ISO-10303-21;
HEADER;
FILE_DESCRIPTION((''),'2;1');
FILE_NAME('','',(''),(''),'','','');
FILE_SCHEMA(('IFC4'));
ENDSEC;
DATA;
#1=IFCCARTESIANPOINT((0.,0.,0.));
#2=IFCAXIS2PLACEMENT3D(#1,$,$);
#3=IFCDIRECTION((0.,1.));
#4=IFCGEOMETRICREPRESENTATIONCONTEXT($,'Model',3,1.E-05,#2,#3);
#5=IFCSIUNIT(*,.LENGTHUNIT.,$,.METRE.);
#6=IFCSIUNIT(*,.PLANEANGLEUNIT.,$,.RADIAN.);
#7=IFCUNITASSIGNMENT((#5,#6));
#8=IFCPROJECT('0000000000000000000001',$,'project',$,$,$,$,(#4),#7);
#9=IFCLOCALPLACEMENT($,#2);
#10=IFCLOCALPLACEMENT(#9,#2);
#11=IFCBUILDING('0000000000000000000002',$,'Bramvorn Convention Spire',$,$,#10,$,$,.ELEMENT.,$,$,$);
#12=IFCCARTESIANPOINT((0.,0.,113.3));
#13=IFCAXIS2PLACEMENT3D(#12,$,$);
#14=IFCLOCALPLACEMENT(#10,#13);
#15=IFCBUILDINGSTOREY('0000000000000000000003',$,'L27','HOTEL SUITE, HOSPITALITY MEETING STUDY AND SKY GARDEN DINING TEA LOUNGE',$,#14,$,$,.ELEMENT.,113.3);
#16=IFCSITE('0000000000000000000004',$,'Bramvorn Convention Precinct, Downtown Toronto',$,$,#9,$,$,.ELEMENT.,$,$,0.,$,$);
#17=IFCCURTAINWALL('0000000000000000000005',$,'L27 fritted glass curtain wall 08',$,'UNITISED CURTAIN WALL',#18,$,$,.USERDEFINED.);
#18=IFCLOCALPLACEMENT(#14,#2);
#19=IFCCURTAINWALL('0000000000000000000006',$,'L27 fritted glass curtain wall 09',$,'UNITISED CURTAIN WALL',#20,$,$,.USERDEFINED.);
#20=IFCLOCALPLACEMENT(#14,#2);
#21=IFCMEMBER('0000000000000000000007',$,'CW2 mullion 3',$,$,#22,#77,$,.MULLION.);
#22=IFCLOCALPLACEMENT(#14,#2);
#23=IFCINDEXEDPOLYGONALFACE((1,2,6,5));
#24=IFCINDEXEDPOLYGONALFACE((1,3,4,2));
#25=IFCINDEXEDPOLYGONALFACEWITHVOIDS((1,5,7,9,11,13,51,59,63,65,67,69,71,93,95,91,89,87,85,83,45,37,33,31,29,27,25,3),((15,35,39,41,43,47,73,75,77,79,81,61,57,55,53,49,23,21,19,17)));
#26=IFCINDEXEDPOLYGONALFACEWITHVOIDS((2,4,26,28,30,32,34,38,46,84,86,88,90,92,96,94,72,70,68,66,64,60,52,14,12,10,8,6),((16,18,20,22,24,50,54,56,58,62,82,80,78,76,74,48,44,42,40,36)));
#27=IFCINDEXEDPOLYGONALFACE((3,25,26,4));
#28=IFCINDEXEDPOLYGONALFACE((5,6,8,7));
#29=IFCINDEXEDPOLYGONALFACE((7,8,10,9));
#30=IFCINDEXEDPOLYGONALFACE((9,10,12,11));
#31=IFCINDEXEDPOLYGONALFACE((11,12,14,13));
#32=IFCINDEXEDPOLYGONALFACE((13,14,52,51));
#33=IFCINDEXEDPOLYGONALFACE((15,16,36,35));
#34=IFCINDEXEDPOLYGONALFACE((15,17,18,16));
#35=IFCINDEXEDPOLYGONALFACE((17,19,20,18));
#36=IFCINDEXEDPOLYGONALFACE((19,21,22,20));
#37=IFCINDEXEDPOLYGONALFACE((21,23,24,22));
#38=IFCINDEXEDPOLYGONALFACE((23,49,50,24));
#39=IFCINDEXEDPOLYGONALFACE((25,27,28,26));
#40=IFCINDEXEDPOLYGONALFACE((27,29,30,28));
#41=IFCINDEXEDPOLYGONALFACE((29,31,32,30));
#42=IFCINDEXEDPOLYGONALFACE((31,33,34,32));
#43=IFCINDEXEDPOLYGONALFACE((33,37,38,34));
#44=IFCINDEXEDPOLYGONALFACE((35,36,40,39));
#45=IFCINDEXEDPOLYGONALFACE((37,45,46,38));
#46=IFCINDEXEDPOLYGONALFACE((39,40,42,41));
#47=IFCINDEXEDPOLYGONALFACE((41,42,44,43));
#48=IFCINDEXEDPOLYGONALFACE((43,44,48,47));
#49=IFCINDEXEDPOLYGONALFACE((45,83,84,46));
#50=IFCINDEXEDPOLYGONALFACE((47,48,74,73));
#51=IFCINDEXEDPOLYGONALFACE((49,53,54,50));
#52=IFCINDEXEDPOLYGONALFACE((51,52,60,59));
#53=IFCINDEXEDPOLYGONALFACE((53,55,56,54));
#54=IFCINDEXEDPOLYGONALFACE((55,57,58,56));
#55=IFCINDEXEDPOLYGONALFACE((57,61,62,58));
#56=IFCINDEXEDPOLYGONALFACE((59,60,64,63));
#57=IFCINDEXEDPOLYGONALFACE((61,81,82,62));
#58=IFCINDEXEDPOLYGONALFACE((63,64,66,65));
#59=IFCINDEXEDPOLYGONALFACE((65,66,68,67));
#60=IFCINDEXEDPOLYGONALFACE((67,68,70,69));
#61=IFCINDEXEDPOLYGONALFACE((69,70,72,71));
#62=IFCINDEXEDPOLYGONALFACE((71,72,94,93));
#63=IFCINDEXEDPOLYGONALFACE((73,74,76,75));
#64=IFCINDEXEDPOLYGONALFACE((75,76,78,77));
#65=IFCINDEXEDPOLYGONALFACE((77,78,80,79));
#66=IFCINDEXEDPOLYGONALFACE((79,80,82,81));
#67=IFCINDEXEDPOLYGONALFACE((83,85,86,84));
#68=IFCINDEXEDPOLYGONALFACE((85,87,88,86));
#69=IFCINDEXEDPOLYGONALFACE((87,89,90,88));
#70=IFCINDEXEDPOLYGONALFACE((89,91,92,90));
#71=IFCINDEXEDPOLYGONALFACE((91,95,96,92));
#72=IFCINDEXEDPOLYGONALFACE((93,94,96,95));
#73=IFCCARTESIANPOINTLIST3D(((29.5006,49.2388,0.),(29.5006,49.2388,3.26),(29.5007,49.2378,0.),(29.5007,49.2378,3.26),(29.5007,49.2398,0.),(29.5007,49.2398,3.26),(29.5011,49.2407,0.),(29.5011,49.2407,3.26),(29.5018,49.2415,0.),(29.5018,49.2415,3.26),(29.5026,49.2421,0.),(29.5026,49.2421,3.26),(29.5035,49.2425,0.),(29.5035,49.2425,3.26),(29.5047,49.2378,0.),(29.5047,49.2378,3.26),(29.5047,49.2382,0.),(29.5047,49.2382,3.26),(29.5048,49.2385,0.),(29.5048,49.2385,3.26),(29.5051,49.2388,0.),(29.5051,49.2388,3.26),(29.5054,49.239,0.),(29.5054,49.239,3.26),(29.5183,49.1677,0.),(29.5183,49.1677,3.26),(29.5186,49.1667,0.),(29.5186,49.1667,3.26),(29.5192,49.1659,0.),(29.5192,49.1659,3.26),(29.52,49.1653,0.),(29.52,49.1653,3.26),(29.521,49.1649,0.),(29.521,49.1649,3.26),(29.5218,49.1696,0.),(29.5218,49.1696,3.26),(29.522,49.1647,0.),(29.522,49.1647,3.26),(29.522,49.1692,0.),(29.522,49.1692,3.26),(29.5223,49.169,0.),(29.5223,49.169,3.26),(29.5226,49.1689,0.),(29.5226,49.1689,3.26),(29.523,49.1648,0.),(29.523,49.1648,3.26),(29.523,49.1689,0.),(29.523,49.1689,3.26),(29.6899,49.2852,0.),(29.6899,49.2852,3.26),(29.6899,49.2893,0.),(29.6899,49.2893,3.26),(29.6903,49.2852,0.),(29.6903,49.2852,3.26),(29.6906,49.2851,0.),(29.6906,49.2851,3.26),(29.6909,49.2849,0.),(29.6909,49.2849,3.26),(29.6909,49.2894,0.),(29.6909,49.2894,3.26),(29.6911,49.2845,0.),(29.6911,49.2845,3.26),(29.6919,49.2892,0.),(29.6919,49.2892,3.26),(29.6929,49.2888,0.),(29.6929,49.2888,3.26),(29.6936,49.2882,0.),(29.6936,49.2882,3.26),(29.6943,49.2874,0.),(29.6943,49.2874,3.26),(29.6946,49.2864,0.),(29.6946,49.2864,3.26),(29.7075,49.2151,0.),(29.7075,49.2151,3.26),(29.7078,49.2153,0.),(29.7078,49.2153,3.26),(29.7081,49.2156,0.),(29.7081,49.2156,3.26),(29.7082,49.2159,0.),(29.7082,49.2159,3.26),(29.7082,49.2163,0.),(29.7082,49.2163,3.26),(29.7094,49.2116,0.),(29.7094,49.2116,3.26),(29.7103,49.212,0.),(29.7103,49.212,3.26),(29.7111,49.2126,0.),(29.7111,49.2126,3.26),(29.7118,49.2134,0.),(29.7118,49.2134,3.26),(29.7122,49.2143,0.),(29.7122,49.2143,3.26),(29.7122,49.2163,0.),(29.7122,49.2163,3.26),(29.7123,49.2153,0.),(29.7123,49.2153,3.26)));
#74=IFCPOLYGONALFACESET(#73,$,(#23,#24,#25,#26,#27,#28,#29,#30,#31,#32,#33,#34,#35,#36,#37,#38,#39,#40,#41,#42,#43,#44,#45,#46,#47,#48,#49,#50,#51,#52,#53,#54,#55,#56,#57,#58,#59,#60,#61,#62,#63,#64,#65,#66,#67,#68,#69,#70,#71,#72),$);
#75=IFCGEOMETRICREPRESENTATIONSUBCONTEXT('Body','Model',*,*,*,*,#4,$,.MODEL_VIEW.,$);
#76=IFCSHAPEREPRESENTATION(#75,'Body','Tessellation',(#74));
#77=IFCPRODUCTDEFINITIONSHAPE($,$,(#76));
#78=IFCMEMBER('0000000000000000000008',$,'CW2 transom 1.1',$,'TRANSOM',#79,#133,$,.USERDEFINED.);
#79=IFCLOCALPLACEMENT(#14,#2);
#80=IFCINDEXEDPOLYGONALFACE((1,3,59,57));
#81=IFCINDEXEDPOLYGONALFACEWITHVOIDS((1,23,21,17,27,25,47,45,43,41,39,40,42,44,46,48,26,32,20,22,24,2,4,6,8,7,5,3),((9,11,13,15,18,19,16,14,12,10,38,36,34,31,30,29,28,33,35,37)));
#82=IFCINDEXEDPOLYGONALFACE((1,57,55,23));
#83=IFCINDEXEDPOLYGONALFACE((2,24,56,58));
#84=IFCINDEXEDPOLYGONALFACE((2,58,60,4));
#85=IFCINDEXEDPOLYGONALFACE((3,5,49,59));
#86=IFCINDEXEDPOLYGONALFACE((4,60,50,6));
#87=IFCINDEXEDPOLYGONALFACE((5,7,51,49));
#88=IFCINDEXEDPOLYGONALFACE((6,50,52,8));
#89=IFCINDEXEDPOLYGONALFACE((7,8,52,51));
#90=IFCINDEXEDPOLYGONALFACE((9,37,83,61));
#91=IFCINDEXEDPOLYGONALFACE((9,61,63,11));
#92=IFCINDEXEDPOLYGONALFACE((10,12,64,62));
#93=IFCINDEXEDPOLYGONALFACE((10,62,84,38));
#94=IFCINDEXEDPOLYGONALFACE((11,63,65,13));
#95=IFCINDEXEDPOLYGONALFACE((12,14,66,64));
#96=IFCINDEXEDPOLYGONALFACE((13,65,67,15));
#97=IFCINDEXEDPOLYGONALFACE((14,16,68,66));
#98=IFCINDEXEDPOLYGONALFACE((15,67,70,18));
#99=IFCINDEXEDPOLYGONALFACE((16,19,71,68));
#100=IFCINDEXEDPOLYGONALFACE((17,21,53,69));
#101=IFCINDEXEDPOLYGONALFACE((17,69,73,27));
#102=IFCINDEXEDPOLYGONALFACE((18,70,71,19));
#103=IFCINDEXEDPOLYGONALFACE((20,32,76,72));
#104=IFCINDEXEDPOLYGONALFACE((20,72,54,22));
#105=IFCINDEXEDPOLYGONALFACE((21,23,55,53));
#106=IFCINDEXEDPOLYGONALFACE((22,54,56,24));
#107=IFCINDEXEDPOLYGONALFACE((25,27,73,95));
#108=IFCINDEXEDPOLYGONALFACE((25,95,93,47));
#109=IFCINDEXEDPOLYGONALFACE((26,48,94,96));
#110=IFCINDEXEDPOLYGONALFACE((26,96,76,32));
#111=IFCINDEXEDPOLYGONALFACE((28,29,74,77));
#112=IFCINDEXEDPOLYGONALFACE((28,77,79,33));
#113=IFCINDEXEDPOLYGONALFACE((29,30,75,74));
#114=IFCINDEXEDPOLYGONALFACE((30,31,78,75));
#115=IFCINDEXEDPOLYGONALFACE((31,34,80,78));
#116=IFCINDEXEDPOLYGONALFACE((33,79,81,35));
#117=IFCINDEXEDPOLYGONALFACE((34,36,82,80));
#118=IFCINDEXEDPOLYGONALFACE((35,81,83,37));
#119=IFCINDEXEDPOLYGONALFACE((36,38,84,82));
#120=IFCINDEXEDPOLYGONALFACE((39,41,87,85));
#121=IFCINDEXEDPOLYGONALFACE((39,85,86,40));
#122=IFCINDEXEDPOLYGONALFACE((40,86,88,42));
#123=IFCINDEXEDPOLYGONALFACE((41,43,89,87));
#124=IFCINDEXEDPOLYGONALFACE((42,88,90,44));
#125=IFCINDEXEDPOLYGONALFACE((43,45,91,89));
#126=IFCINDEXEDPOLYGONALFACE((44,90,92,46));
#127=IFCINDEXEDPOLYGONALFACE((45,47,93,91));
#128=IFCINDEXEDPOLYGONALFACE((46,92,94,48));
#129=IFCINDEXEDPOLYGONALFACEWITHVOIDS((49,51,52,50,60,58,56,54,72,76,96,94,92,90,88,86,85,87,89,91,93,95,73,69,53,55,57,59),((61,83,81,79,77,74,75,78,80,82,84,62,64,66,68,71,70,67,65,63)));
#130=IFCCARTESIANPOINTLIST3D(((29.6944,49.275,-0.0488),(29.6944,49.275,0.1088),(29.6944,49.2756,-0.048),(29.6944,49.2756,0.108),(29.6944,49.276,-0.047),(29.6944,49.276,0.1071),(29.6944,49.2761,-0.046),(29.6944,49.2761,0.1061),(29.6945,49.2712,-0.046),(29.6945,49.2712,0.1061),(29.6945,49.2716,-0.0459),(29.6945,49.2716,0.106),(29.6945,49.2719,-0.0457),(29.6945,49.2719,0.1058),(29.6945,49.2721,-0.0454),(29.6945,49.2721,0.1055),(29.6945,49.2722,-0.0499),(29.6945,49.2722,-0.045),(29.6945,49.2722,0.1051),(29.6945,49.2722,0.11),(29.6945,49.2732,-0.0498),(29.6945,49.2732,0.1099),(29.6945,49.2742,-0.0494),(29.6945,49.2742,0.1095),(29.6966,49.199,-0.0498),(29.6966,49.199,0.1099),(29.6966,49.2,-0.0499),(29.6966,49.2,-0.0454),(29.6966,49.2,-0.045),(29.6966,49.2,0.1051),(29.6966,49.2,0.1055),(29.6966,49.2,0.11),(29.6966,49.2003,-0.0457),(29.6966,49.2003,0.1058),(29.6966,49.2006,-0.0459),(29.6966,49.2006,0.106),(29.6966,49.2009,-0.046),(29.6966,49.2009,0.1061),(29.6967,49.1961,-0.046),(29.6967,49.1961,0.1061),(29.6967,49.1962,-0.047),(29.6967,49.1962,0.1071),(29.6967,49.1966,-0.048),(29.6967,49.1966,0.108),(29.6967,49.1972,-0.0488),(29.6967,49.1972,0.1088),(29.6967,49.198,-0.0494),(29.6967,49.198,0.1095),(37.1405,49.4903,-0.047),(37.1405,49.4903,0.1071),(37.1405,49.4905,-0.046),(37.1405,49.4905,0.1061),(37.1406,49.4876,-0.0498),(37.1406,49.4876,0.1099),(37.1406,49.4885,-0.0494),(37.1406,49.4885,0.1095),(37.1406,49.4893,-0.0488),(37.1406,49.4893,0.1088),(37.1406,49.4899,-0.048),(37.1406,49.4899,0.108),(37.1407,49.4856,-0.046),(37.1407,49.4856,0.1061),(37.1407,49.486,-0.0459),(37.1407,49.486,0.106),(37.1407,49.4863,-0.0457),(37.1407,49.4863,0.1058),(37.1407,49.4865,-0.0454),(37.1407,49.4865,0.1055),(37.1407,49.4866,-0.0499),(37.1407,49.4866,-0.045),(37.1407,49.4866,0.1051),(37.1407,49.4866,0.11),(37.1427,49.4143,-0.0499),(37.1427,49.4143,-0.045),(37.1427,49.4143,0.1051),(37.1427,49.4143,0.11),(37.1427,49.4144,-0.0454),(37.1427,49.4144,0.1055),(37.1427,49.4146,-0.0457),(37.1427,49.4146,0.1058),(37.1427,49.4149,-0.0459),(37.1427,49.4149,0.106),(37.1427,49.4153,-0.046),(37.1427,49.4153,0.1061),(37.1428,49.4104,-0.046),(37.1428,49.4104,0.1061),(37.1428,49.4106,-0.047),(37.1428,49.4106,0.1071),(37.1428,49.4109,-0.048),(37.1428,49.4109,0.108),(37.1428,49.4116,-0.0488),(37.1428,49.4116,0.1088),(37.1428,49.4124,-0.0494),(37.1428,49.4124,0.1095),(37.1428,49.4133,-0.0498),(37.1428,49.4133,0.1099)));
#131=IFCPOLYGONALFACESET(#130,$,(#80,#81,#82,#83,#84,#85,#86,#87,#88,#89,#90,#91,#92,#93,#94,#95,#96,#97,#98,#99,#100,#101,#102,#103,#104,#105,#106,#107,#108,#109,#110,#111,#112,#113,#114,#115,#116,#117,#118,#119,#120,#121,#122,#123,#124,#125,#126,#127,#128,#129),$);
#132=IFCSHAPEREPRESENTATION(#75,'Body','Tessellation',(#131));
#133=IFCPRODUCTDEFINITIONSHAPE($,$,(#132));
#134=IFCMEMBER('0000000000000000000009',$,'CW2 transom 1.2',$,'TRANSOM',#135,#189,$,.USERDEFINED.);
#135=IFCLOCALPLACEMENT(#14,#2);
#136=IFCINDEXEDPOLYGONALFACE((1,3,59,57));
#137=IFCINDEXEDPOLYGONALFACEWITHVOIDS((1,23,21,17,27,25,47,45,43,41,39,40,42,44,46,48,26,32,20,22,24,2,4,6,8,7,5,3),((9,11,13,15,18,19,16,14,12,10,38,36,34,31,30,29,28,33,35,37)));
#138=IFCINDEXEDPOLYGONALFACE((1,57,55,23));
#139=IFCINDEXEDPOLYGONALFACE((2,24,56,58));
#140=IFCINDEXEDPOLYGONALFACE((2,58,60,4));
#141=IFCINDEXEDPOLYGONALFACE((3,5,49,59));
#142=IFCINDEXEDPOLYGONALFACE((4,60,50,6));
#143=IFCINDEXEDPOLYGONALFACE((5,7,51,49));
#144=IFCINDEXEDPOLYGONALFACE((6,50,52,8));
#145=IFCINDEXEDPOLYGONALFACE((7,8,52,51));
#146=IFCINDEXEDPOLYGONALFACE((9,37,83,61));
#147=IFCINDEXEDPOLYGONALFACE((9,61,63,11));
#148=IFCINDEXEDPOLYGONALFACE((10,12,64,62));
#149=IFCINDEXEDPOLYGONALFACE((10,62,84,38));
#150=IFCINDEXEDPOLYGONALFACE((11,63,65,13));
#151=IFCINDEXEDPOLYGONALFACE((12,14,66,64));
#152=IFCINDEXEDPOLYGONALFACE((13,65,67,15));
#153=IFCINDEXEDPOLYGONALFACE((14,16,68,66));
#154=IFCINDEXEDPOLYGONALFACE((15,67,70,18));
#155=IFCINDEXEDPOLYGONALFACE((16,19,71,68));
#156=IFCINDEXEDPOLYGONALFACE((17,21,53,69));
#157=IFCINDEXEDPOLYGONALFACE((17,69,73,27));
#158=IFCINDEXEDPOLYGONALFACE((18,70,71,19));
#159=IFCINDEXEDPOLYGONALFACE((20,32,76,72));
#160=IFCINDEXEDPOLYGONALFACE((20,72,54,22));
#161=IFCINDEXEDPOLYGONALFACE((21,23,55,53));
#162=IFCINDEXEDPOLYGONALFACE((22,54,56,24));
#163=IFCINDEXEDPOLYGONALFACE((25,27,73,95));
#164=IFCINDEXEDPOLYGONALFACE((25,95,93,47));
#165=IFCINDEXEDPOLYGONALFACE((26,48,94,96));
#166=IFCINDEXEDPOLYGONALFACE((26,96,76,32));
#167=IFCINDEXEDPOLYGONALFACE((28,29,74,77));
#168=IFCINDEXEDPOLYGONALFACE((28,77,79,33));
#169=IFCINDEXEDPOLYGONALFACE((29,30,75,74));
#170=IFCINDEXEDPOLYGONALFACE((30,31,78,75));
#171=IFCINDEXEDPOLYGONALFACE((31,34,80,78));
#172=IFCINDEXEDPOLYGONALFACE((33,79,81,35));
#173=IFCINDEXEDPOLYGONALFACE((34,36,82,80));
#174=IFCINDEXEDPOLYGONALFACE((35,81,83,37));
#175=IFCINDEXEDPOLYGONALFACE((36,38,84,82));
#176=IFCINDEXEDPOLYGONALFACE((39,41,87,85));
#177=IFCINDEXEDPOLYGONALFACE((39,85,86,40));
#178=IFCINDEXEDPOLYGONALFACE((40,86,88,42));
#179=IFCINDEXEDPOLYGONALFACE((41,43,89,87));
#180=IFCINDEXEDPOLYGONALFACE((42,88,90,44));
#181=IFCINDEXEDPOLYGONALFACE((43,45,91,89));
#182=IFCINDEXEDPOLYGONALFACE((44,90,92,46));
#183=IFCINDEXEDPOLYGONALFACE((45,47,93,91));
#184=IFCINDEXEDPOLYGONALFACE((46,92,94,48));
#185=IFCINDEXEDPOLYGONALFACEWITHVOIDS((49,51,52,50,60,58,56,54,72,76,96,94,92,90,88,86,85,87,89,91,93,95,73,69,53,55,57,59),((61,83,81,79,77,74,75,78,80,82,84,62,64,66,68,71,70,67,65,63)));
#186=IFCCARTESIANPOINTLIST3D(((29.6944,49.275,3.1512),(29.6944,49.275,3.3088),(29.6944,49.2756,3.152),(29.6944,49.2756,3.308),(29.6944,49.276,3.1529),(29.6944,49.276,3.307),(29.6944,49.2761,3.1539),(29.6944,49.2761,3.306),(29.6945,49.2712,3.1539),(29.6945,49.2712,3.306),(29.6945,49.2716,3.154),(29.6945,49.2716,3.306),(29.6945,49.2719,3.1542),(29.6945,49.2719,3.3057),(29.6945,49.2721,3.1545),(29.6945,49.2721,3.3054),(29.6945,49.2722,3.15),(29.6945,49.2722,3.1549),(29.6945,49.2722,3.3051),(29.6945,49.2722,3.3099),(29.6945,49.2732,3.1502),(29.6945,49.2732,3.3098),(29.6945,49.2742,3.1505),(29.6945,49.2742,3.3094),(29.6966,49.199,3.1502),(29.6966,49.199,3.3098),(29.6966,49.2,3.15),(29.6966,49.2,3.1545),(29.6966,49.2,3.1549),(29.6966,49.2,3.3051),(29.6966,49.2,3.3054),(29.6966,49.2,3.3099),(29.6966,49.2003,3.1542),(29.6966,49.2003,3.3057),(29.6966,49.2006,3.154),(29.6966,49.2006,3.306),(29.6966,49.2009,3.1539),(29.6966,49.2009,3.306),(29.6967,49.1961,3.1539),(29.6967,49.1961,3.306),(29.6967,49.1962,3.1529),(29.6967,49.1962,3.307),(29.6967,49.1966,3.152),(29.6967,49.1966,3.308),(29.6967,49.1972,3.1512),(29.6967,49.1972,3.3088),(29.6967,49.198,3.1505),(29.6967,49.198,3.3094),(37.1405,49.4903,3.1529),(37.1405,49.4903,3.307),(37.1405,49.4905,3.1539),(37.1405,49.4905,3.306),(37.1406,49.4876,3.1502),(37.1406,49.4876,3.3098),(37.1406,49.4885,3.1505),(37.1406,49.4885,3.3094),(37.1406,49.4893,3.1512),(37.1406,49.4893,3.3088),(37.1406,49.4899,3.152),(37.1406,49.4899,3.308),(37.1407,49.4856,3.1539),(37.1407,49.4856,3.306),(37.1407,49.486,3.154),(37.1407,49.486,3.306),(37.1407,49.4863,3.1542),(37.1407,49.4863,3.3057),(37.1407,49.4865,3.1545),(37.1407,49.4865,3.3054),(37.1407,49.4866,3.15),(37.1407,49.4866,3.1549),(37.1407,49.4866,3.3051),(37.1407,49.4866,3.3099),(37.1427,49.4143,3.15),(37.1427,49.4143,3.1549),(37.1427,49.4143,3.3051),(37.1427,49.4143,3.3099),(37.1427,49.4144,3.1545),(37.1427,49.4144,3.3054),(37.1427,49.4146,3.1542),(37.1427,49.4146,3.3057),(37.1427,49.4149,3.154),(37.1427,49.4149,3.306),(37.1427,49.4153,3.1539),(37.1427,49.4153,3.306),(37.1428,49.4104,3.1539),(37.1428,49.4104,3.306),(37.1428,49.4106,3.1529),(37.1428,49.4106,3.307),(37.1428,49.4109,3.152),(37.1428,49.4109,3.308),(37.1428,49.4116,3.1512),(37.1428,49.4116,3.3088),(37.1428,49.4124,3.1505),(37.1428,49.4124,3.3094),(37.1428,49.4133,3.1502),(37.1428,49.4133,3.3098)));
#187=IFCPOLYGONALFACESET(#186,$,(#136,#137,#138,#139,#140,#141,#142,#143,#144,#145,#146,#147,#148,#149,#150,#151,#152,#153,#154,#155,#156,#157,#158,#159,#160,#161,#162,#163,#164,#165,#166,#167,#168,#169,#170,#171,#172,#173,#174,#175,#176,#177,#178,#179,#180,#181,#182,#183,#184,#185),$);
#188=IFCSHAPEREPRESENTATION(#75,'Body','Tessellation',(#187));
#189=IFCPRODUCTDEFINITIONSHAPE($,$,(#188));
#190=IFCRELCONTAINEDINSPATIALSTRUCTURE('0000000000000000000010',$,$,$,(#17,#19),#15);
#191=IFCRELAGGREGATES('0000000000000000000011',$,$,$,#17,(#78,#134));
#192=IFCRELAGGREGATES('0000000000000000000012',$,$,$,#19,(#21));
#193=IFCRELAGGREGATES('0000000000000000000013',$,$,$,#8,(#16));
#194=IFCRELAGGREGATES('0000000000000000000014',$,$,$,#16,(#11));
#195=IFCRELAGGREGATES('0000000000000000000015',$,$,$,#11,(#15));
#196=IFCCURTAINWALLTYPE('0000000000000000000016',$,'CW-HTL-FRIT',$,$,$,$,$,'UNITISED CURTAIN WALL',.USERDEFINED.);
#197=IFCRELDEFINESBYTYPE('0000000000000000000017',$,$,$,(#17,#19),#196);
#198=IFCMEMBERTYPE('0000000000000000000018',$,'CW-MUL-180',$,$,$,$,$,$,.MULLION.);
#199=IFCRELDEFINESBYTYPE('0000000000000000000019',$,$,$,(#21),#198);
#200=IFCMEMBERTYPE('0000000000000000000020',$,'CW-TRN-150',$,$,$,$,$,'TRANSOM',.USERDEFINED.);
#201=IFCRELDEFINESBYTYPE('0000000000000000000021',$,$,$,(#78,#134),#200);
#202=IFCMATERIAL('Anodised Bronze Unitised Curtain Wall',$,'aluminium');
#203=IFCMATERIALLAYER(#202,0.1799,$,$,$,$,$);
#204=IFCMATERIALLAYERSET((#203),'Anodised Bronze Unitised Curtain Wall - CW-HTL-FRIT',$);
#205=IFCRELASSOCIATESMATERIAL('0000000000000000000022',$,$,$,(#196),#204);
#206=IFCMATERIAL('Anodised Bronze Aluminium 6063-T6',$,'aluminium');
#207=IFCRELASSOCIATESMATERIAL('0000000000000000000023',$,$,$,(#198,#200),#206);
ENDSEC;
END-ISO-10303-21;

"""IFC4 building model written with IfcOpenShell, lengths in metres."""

from ifc_helpers import new_model, si_unit, direction, frame, origin, origin_2d, place, context, subcontext, project, spatial, hollow_rectangle, extrude, material, layer, layer_set, material_profile, profile_set, type_object, element, aggregate, save


model = new_model("IFC4")

# Units and contexts
model_context = context("Model", 3, precision=1e-05, world=origin(), true_north=direction((0.0, 1.0)))
body_context = subcontext(model_context, "Body", "Model", "MODEL_VIEW")
ifc_project = project(units=[si_unit("LENGTHUNIT", "METRE"), si_unit("PLANEANGLEUNIT", "RADIAN")], contexts=[model_context])

# Site, building, storey
site_placement = place(None, origin())
site = spatial("IfcSite", under=ifc_project, at=site_placement, Name="Bramvorn Convention Precinct, Downtown Toronto", CompositionType="ELEMENT", RefElevation=0.0)
building_placement = place(site_placement, origin())
building = spatial("IfcBuilding", under=site, at=building_placement, Name="Bramvorn Convention Spire", CompositionType="ELEMENT")
storey_placement = place(building_placement, frame((0.0, 0.0, 113.3)))
storey = spatial("IfcBuildingStorey", under=building, at=storey_placement, Name="L27", Description="HOTEL SUITE, HOSPITALITY MEETING STUDY AND SKY GARDEN DINING TEA LOUNGE", CompositionType="ELEMENT", Elevation=113.3)

# Curtain wall
ifc_material_1 = material(Name="Anodised Bronze Unitised Curtain Wall", Category="aluminium")
ifc_layer_1 = layer(ifc_material_1, 0.1799)
ifc_layer_set_1 = layer_set([ifc_layer_1], Name="Anodised Bronze Unitised Curtain Wall - CW-HTL-FRIT")
curtain_wall_type = type_object("IfcCurtainWallType", Name="CW-HTL-FRIT", ElementType="UNITISED CURTAIN WALL", PredefinedType="USERDEFINED", material=ifc_layer_set_1)
curtain_wall_1_placement = place(storey_placement, origin())
curtain_wall_1 = element("IfcCurtainWall", 1, at=curtain_wall_1_placement, inside=storey, type_object=curtain_wall_type, Name="L27 fritted glass curtain wall 08", ObjectType="UNITISED CURTAIN WALL", PredefinedType="USERDEFINED")
ifc_material_2 = material(Name="Anodised Bronze Aluminium 6063-T6", Category="aluminium")
ifc_material_profile_1 = material_profile(ifc_material_2, hollow_rectangle(XDim=0.0801, YDim=0.2, WallThickness=0.0039, InnerFilletRadius=0.001, OuterFilletRadius=0.0039, at=origin_2d()))
ifc_profile_set_1 = profile_set([ifc_material_profile_1], Name="Anodised Bronze Aluminium 6063-T6 - CWM80X200")
member_type_1 = type_object("IfcMemberType", Name="CW-MUL-180", PredefinedType="MULLION", material=ifc_profile_set_1)

# Curtain wall, member
curtain_wall_2_placement = place(storey_placement, origin())
curtain_wall_2 = element("IfcCurtainWall", 2, at=curtain_wall_2_placement, inside=storey, type_object=curtain_wall_type, Name="L27 fritted glass curtain wall 09", ObjectType="UNITISED CURTAIN WALL", PredefinedType="USERDEFINED")
member_1_placement = place(storey_placement, frame((29.6064, 49.2271, 0.0), z_axis=(0.0, 0.0, 1.0), x_axis=(-0.243204, 0.969975, 0.0)))
member_1 = element("IfcMember", 3, at=member_1_placement, type_object=member_type_1, Name="CW2 mullion 3", PredefinedType="MULLION", context=body_context, shape_type="SweptSolid", body=[
    extrude(hollow_rectangle(XDim=0.0801, YDim=0.2, WallThickness=0.0039, InnerFilletRadius=0.001, OuterFilletRadius=0.0039, at=origin_2d()), origin(), (0.0, 0.0, 1.0), 3.26),
])

# Members
ifc_material_profile_2 = material_profile(ifc_material_2, hollow_rectangle(XDim=0.0801, YDim=0.1599, WallThickness=0.0039, InnerFilletRadius=0.001, OuterFilletRadius=0.0039, at=origin_2d()))
ifc_profile_set_2 = profile_set([ifc_material_profile_2], Name="Anodised Bronze Aluminium 6063-T6 - CWT80X160")
member_type_2 = type_object("IfcMemberType", Name="CW-TRN-150", ElementType="TRANSOM", PredefinedType="USERDEFINED", material=ifc_profile_set_2)
member_2_placement = place(storey_placement, frame((29.6956, 49.2361, 0.03), z_axis=(0.999586, 0.028776, 0.0), x_axis=(-0.028776, 0.999586, 0.0)))
member_2 = element("IfcMember", 4, at=member_2_placement, type_object=member_type_2, Name="CW2 transom 1.1", ObjectType="TRANSOM", PredefinedType="USERDEFINED", context=body_context, shape_type="SweptSolid", body=[
    extrude(hollow_rectangle(XDim=0.0801, YDim=0.1599, WallThickness=0.0039, InnerFilletRadius=0.001, OuterFilletRadius=0.0039, at=origin_2d()), origin(), (0.0, 0.0, 1.0), 7.4492),
])
member_3_placement = place(storey_placement, frame((29.6956, 49.2361, 3.23), z_axis=(0.999586, 0.028776, 0.0), x_axis=(-0.028776, 0.999586, 0.0)))
member_3 = element("IfcMember", 5, at=member_3_placement, type_object=member_type_2, Name="CW2 transom 1.2", ObjectType="TRANSOM", PredefinedType="USERDEFINED", context=body_context, shape_type="SweptSolid", body=[
    extrude(hollow_rectangle(XDim=0.0801, YDim=0.1599, WallThickness=0.0039, InnerFilletRadius=0.001, OuterFilletRadius=0.0039, at=origin_2d()), origin(), (0.0, 0.0, 1.0), 7.4492),
])

aggregate(curtain_wall_1, [member_2, member_3])
aggregate(curtain_wall_2, [member_1])

save(model, "model.ifc")
